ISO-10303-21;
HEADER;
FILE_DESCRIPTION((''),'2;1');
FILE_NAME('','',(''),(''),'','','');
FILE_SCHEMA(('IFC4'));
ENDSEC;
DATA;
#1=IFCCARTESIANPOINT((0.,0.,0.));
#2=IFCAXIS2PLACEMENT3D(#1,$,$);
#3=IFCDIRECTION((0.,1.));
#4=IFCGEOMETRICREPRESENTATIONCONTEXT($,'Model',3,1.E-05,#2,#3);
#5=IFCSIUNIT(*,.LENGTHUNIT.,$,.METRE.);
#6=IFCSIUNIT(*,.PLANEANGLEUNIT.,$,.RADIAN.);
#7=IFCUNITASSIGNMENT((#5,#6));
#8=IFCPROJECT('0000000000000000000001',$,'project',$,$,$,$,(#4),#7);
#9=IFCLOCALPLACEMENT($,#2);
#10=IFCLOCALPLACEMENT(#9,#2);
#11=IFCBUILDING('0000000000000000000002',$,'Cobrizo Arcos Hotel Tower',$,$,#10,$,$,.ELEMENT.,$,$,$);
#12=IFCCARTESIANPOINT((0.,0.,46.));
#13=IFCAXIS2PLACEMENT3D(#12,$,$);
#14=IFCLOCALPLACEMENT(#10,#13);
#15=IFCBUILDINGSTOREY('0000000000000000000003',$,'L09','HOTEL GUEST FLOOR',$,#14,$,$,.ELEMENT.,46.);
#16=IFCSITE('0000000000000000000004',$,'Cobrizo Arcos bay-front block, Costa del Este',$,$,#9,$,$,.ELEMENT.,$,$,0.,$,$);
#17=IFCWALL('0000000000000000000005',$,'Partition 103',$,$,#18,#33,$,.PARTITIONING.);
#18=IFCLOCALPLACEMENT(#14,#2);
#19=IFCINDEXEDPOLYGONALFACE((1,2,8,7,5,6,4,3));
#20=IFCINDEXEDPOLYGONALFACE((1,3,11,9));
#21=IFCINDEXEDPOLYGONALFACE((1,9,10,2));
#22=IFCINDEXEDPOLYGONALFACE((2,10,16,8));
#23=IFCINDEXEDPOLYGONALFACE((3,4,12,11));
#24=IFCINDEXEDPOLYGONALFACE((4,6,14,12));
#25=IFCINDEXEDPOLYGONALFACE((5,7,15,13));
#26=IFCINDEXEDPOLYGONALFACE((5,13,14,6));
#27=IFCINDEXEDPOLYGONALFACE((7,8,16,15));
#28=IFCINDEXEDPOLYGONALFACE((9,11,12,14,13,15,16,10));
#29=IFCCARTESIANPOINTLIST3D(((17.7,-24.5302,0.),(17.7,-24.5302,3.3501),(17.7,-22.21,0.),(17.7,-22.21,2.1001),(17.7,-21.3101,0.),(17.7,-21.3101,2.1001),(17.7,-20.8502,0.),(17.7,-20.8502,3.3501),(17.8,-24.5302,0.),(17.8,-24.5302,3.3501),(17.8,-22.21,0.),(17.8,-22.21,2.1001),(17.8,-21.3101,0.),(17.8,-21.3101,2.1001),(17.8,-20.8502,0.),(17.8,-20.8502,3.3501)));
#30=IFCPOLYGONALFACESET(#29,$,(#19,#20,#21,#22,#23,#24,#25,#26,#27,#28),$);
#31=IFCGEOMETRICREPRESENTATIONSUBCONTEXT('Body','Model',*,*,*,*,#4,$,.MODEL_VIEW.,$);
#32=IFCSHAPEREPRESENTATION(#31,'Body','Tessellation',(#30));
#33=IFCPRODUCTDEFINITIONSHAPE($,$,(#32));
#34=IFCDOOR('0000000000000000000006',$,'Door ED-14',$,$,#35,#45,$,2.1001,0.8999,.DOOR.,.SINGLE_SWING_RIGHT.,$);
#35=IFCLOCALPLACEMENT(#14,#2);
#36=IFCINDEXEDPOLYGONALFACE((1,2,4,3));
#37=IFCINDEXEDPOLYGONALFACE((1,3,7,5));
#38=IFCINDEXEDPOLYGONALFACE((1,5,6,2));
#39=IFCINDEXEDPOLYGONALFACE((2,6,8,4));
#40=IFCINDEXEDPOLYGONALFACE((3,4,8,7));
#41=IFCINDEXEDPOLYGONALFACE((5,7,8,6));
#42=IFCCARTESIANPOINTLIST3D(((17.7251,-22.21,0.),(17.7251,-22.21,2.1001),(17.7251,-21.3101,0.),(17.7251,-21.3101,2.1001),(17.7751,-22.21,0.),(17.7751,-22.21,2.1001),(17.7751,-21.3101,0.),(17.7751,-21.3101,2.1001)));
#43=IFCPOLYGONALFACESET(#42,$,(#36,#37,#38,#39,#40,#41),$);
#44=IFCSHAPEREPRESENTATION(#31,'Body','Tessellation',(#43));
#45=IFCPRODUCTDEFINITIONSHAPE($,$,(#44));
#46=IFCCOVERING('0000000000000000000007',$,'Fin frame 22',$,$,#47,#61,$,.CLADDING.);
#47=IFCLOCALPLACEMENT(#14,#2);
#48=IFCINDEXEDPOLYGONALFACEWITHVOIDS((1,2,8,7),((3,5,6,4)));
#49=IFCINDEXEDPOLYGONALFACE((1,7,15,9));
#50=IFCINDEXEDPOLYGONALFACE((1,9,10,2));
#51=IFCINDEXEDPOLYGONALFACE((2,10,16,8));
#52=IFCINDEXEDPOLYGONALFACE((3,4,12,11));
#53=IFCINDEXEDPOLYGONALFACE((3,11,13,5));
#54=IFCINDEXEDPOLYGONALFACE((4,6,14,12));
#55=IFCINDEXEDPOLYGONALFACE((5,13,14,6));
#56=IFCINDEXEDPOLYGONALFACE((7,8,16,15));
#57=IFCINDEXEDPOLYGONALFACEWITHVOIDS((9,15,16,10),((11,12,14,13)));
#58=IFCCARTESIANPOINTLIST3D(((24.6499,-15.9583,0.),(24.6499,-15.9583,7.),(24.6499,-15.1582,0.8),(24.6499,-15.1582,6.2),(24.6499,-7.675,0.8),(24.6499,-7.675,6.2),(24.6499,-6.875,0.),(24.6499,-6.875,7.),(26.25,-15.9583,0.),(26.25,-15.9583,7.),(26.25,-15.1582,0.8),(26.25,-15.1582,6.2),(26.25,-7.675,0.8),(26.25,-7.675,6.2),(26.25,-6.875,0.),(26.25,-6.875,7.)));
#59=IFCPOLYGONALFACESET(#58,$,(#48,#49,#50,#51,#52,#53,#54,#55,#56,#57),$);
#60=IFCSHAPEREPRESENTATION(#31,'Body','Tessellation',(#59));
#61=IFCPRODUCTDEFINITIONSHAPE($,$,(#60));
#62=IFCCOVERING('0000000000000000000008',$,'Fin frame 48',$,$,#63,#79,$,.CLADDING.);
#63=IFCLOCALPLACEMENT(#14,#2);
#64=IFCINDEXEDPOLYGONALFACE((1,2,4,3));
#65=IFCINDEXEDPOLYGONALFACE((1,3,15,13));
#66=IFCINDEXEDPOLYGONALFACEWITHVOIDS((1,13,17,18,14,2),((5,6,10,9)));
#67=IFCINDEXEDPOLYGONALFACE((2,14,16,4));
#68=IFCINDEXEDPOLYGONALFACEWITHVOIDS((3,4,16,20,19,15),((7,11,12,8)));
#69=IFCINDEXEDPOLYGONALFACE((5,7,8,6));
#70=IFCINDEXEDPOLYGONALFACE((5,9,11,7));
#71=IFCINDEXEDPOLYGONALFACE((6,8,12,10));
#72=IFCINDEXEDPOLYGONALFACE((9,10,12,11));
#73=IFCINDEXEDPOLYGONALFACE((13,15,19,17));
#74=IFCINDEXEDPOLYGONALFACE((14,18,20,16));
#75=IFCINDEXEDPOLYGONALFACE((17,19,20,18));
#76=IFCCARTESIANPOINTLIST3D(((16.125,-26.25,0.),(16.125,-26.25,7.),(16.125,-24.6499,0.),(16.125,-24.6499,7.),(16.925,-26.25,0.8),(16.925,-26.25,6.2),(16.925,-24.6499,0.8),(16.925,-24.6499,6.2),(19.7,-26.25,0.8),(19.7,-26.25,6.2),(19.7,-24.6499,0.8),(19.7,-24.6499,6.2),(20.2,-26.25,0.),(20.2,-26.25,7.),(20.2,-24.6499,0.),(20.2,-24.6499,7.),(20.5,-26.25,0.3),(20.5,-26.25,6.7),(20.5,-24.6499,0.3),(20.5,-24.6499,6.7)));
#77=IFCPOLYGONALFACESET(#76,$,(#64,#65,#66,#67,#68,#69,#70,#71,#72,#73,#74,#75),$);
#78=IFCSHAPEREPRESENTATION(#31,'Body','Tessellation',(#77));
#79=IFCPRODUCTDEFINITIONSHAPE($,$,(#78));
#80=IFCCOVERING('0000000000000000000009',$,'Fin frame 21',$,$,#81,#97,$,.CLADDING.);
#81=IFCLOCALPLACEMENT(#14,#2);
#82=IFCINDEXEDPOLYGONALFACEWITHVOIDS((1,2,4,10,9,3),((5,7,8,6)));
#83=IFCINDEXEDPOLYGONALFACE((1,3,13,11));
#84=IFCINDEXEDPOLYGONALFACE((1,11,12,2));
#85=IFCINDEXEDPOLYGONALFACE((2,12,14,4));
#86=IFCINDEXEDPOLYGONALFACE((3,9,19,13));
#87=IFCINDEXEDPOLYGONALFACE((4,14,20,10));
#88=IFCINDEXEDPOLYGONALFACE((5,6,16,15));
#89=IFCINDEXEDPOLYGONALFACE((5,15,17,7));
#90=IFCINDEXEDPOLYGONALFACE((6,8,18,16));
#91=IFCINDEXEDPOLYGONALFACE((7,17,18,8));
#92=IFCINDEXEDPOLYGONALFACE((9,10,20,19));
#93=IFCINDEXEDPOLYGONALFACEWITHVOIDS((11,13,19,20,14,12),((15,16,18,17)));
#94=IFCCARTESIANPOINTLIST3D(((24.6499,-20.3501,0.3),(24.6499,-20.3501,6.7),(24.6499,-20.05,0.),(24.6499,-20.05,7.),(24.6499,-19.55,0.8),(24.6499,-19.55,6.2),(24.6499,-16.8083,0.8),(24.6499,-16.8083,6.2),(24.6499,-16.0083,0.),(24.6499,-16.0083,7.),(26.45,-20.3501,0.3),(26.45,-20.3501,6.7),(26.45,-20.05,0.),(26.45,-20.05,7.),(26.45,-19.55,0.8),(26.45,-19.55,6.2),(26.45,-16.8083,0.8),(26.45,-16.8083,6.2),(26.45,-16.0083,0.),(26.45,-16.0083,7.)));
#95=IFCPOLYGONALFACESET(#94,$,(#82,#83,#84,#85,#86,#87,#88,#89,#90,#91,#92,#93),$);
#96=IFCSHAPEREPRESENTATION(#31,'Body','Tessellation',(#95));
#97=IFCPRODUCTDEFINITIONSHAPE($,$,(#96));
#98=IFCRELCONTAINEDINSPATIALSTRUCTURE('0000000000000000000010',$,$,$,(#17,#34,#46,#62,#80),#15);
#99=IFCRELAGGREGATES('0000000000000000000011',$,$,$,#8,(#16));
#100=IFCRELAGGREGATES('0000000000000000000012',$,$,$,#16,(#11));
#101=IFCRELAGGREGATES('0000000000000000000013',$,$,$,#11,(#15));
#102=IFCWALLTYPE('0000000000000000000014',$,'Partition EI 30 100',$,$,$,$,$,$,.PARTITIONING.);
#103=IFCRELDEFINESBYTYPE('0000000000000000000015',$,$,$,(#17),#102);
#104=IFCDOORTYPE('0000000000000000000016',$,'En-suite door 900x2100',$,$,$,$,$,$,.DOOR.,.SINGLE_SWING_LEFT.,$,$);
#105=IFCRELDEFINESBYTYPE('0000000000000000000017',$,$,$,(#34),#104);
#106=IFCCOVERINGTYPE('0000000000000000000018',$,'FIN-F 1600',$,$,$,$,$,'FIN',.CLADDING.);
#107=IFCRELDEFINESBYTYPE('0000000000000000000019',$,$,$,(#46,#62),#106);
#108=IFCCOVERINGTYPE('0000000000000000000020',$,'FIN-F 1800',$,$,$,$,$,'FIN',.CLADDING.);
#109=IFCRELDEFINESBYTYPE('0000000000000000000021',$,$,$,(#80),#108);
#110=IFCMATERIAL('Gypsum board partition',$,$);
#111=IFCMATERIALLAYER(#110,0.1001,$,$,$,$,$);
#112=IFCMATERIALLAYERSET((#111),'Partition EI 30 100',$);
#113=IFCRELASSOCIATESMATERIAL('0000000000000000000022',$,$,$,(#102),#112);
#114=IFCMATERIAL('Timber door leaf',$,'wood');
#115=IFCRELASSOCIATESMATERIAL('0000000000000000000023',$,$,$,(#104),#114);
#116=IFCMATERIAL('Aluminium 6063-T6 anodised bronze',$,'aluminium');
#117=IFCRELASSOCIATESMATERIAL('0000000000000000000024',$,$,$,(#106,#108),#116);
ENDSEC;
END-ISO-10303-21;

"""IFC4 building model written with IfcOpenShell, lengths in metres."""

from ifc_helpers import new_model, si_unit, direction, frame, frame_2d, origin, place, context, subcontext, project, spatial, polyline, rectangle, outline, extrude, material, layer, layer_set, type_object, element, fill, save


model = new_model("IFC4")

# Units and contexts
model_context = context("Model", 3, precision=1e-05, world=origin(), true_north=direction((0.0, 1.0)))
body_context = subcontext(model_context, "Body", "Model", "MODEL_VIEW")
ifc_project = project(units=[si_unit("LENGTHUNIT", "METRE"), si_unit("PLANEANGLEUNIT", "RADIAN")], contexts=[model_context])

# Site, building, storey
site_placement = place(None, origin())
site = spatial("IfcSite", under=ifc_project, at=site_placement, Name="Cobrizo Arcos bay-front block, Costa del Este", CompositionType="ELEMENT", RefElevation=0.0)
building_placement = place(site_placement, origin())
building = spatial("IfcBuilding", under=site, at=building_placement, Name="Cobrizo Arcos Hotel Tower", CompositionType="ELEMENT")
storey_placement = place(building_placement, frame((0.0, 0.0, 46.0)))
storey = spatial("IfcBuildingStorey", under=building, at=storey_placement, Name="L09", Description="HOTEL GUEST FLOOR", CompositionType="ELEMENT", Elevation=46.0)

# Shared definitions
ifc_material_1 = material(Name="Aluminium 6063-T6 anodised bronze", Category="aluminium")

# Wall, opening, door
ifc_material_2 = material(Name="Gypsum board partition")
ifc_layer_1 = layer(ifc_material_2, 0.1001)
ifc_layer_set_1 = layer_set([ifc_layer_1], Name="Partition EI 30 100")
wall_type = type_object("IfcWallType", Name="Partition EI 30 100", PredefinedType="PARTITIONING", material=ifc_layer_set_1)
wall_placement = place(storey_placement, frame((17.75, -24.53, 0.0), z_axis=(0.0, 0.0, 1.0), x_axis=(0.0, 1.0, 0.0)))
wall = element("IfcWall", 1, at=wall_placement, inside=storey, type_object=wall_type, Name="Partition 103", PredefinedType="PARTITIONING", context=body_context, shape_type="SweptSolid", body=[
    extrude(rectangle(XDim=3.6799, YDim=0.1001, at=frame_2d((1.8398, 0.0))), origin(), (0.0, 0.0, 1.0), 3.3501),
])
opening_placement = place(wall_placement, frame((2.3201, 0.0, 0.0)))
opening = element("IfcOpeningElement", 2, at=opening_placement, cuts=wall, PredefinedType="OPENING", context=body_context, shape_type="SweptSolid", body=[
    extrude(rectangle(XDim=0.8999, YDim=2.1001, at=frame_2d((0.45, 1.05))), frame((0.0, 0.062, 0.0), z_axis=(0.0, -1.0, 0.0), x_axis=(1.0, 0.0, 0.0)), (0.0, 0.0, 1.0), 0.124),
])
ifc_material_3 = material(Name="Timber door leaf", Category="wood")
door_type = type_object("IfcDoorType", Name="En-suite door 900x2100", OperationType="SINGLE_SWING_LEFT", PredefinedType="DOOR", material=ifc_material_3)
door_placement = place(opening_placement, origin())
door = element("IfcDoor", 3, at=door_placement, inside=storey, type_object=door_type, Name="Door ED-14", OperationType="SINGLE_SWING_RIGHT", OverallHeight=2.1001, OverallWidth=0.8999, PredefinedType="DOOR", context=body_context, shape_type="SweptSolid", body=[
    extrude(rectangle(XDim=0.8999, YDim=2.1001, at=frame_2d((0.45, 1.05))), frame((0.0, 0.0249, 0.0), z_axis=(0.0, -1.0, 0.0), x_axis=(1.0, 0.0, 0.0)), (0.0, 0.0, 1.0), 0.05),
])
fill(opening, door)

# Coverings
covering_type_1 = type_object("IfcCoveringType", Name="FIN-F 1600", ElementType="FIN", PredefinedType="CLADDING", material=ifc_material_1)
covering_1_placement = place(storey_placement, frame((24.6499, -15.9583, 0.0), z_axis=(1.0, 0.0, 0.0), x_axis=(0.0, 1.0, 0.0)))
element("IfcCovering", 4, at=covering_1_placement, inside=storey, type_object=covering_type_1, Name="Fin frame 22", PredefinedType="CLADDING", context=body_context, shape_type="SweptSolid", body=[
    extrude(outline(polyline([(0.0, 7.0), (0.0, 0.0), (9.0833, 0.0), (9.0833, 7.0), (0.0, 7.0)]), holes=[polyline([(8.2832, 0.8), (0.8, 0.8), (0.8, 6.2), (8.2832, 6.2), (8.2832, 0.8)])]), origin(), (0.0, 0.0, 1.0), 1.6001),
])
covering_2_placement = place(storey_placement, frame((16.125, -24.6499, 0.0), z_axis=(0.0, -1.0, 0.0), x_axis=(1.0, 0.0, 0.0)))
element("IfcCovering", 5, at=covering_2_placement, inside=storey, type_object=covering_type_1, Name="Fin frame 48", PredefinedType="CLADDING", context=body_context, shape_type="SweptSolid", body=[
    extrude(outline(polyline([(0.0, 7.0), (0.0, 0.0), (4.075, 0.0), (4.375, 0.3), (4.375, 6.7), (4.075, 7.0), (0.0, 7.0)]), holes=[polyline([(3.575, 0.8), (0.8, 0.8), (0.8, 6.2), (3.575, 6.2), (3.575, 0.8)])]), origin(), (0.0, 0.0, 1.0), 1.6001),
])
covering_type_2 = type_object("IfcCoveringType", Name="FIN-F 1800", ElementType="FIN", PredefinedType="CLADDING", material=ifc_material_1)
covering_3_placement = place(storey_placement, frame((24.6499, -20.3501, 0.0), z_axis=(1.0, 0.0, 0.0), x_axis=(0.0, 1.0, 0.0)))
element("IfcCovering", 6, at=covering_3_placement, inside=storey, type_object=covering_type_2, Name="Fin frame 21", PredefinedType="CLADDING", context=body_context, shape_type="SweptSolid", body=[
    extrude(outline(polyline([(0.0, 0.3), (0.3, 0.0), (4.3418, 0.0), (4.3418, 7.0), (0.3, 7.0), (0.0, 6.7), (0.0, 0.3)]), holes=[polyline([(3.5417, 0.8), (0.8, 0.8), (0.8, 6.2), (3.5417, 6.2), (3.5417, 0.8)])]), origin(), (0.0, 0.0, 1.0), 1.8),
])

save(model, "model.ifc")
